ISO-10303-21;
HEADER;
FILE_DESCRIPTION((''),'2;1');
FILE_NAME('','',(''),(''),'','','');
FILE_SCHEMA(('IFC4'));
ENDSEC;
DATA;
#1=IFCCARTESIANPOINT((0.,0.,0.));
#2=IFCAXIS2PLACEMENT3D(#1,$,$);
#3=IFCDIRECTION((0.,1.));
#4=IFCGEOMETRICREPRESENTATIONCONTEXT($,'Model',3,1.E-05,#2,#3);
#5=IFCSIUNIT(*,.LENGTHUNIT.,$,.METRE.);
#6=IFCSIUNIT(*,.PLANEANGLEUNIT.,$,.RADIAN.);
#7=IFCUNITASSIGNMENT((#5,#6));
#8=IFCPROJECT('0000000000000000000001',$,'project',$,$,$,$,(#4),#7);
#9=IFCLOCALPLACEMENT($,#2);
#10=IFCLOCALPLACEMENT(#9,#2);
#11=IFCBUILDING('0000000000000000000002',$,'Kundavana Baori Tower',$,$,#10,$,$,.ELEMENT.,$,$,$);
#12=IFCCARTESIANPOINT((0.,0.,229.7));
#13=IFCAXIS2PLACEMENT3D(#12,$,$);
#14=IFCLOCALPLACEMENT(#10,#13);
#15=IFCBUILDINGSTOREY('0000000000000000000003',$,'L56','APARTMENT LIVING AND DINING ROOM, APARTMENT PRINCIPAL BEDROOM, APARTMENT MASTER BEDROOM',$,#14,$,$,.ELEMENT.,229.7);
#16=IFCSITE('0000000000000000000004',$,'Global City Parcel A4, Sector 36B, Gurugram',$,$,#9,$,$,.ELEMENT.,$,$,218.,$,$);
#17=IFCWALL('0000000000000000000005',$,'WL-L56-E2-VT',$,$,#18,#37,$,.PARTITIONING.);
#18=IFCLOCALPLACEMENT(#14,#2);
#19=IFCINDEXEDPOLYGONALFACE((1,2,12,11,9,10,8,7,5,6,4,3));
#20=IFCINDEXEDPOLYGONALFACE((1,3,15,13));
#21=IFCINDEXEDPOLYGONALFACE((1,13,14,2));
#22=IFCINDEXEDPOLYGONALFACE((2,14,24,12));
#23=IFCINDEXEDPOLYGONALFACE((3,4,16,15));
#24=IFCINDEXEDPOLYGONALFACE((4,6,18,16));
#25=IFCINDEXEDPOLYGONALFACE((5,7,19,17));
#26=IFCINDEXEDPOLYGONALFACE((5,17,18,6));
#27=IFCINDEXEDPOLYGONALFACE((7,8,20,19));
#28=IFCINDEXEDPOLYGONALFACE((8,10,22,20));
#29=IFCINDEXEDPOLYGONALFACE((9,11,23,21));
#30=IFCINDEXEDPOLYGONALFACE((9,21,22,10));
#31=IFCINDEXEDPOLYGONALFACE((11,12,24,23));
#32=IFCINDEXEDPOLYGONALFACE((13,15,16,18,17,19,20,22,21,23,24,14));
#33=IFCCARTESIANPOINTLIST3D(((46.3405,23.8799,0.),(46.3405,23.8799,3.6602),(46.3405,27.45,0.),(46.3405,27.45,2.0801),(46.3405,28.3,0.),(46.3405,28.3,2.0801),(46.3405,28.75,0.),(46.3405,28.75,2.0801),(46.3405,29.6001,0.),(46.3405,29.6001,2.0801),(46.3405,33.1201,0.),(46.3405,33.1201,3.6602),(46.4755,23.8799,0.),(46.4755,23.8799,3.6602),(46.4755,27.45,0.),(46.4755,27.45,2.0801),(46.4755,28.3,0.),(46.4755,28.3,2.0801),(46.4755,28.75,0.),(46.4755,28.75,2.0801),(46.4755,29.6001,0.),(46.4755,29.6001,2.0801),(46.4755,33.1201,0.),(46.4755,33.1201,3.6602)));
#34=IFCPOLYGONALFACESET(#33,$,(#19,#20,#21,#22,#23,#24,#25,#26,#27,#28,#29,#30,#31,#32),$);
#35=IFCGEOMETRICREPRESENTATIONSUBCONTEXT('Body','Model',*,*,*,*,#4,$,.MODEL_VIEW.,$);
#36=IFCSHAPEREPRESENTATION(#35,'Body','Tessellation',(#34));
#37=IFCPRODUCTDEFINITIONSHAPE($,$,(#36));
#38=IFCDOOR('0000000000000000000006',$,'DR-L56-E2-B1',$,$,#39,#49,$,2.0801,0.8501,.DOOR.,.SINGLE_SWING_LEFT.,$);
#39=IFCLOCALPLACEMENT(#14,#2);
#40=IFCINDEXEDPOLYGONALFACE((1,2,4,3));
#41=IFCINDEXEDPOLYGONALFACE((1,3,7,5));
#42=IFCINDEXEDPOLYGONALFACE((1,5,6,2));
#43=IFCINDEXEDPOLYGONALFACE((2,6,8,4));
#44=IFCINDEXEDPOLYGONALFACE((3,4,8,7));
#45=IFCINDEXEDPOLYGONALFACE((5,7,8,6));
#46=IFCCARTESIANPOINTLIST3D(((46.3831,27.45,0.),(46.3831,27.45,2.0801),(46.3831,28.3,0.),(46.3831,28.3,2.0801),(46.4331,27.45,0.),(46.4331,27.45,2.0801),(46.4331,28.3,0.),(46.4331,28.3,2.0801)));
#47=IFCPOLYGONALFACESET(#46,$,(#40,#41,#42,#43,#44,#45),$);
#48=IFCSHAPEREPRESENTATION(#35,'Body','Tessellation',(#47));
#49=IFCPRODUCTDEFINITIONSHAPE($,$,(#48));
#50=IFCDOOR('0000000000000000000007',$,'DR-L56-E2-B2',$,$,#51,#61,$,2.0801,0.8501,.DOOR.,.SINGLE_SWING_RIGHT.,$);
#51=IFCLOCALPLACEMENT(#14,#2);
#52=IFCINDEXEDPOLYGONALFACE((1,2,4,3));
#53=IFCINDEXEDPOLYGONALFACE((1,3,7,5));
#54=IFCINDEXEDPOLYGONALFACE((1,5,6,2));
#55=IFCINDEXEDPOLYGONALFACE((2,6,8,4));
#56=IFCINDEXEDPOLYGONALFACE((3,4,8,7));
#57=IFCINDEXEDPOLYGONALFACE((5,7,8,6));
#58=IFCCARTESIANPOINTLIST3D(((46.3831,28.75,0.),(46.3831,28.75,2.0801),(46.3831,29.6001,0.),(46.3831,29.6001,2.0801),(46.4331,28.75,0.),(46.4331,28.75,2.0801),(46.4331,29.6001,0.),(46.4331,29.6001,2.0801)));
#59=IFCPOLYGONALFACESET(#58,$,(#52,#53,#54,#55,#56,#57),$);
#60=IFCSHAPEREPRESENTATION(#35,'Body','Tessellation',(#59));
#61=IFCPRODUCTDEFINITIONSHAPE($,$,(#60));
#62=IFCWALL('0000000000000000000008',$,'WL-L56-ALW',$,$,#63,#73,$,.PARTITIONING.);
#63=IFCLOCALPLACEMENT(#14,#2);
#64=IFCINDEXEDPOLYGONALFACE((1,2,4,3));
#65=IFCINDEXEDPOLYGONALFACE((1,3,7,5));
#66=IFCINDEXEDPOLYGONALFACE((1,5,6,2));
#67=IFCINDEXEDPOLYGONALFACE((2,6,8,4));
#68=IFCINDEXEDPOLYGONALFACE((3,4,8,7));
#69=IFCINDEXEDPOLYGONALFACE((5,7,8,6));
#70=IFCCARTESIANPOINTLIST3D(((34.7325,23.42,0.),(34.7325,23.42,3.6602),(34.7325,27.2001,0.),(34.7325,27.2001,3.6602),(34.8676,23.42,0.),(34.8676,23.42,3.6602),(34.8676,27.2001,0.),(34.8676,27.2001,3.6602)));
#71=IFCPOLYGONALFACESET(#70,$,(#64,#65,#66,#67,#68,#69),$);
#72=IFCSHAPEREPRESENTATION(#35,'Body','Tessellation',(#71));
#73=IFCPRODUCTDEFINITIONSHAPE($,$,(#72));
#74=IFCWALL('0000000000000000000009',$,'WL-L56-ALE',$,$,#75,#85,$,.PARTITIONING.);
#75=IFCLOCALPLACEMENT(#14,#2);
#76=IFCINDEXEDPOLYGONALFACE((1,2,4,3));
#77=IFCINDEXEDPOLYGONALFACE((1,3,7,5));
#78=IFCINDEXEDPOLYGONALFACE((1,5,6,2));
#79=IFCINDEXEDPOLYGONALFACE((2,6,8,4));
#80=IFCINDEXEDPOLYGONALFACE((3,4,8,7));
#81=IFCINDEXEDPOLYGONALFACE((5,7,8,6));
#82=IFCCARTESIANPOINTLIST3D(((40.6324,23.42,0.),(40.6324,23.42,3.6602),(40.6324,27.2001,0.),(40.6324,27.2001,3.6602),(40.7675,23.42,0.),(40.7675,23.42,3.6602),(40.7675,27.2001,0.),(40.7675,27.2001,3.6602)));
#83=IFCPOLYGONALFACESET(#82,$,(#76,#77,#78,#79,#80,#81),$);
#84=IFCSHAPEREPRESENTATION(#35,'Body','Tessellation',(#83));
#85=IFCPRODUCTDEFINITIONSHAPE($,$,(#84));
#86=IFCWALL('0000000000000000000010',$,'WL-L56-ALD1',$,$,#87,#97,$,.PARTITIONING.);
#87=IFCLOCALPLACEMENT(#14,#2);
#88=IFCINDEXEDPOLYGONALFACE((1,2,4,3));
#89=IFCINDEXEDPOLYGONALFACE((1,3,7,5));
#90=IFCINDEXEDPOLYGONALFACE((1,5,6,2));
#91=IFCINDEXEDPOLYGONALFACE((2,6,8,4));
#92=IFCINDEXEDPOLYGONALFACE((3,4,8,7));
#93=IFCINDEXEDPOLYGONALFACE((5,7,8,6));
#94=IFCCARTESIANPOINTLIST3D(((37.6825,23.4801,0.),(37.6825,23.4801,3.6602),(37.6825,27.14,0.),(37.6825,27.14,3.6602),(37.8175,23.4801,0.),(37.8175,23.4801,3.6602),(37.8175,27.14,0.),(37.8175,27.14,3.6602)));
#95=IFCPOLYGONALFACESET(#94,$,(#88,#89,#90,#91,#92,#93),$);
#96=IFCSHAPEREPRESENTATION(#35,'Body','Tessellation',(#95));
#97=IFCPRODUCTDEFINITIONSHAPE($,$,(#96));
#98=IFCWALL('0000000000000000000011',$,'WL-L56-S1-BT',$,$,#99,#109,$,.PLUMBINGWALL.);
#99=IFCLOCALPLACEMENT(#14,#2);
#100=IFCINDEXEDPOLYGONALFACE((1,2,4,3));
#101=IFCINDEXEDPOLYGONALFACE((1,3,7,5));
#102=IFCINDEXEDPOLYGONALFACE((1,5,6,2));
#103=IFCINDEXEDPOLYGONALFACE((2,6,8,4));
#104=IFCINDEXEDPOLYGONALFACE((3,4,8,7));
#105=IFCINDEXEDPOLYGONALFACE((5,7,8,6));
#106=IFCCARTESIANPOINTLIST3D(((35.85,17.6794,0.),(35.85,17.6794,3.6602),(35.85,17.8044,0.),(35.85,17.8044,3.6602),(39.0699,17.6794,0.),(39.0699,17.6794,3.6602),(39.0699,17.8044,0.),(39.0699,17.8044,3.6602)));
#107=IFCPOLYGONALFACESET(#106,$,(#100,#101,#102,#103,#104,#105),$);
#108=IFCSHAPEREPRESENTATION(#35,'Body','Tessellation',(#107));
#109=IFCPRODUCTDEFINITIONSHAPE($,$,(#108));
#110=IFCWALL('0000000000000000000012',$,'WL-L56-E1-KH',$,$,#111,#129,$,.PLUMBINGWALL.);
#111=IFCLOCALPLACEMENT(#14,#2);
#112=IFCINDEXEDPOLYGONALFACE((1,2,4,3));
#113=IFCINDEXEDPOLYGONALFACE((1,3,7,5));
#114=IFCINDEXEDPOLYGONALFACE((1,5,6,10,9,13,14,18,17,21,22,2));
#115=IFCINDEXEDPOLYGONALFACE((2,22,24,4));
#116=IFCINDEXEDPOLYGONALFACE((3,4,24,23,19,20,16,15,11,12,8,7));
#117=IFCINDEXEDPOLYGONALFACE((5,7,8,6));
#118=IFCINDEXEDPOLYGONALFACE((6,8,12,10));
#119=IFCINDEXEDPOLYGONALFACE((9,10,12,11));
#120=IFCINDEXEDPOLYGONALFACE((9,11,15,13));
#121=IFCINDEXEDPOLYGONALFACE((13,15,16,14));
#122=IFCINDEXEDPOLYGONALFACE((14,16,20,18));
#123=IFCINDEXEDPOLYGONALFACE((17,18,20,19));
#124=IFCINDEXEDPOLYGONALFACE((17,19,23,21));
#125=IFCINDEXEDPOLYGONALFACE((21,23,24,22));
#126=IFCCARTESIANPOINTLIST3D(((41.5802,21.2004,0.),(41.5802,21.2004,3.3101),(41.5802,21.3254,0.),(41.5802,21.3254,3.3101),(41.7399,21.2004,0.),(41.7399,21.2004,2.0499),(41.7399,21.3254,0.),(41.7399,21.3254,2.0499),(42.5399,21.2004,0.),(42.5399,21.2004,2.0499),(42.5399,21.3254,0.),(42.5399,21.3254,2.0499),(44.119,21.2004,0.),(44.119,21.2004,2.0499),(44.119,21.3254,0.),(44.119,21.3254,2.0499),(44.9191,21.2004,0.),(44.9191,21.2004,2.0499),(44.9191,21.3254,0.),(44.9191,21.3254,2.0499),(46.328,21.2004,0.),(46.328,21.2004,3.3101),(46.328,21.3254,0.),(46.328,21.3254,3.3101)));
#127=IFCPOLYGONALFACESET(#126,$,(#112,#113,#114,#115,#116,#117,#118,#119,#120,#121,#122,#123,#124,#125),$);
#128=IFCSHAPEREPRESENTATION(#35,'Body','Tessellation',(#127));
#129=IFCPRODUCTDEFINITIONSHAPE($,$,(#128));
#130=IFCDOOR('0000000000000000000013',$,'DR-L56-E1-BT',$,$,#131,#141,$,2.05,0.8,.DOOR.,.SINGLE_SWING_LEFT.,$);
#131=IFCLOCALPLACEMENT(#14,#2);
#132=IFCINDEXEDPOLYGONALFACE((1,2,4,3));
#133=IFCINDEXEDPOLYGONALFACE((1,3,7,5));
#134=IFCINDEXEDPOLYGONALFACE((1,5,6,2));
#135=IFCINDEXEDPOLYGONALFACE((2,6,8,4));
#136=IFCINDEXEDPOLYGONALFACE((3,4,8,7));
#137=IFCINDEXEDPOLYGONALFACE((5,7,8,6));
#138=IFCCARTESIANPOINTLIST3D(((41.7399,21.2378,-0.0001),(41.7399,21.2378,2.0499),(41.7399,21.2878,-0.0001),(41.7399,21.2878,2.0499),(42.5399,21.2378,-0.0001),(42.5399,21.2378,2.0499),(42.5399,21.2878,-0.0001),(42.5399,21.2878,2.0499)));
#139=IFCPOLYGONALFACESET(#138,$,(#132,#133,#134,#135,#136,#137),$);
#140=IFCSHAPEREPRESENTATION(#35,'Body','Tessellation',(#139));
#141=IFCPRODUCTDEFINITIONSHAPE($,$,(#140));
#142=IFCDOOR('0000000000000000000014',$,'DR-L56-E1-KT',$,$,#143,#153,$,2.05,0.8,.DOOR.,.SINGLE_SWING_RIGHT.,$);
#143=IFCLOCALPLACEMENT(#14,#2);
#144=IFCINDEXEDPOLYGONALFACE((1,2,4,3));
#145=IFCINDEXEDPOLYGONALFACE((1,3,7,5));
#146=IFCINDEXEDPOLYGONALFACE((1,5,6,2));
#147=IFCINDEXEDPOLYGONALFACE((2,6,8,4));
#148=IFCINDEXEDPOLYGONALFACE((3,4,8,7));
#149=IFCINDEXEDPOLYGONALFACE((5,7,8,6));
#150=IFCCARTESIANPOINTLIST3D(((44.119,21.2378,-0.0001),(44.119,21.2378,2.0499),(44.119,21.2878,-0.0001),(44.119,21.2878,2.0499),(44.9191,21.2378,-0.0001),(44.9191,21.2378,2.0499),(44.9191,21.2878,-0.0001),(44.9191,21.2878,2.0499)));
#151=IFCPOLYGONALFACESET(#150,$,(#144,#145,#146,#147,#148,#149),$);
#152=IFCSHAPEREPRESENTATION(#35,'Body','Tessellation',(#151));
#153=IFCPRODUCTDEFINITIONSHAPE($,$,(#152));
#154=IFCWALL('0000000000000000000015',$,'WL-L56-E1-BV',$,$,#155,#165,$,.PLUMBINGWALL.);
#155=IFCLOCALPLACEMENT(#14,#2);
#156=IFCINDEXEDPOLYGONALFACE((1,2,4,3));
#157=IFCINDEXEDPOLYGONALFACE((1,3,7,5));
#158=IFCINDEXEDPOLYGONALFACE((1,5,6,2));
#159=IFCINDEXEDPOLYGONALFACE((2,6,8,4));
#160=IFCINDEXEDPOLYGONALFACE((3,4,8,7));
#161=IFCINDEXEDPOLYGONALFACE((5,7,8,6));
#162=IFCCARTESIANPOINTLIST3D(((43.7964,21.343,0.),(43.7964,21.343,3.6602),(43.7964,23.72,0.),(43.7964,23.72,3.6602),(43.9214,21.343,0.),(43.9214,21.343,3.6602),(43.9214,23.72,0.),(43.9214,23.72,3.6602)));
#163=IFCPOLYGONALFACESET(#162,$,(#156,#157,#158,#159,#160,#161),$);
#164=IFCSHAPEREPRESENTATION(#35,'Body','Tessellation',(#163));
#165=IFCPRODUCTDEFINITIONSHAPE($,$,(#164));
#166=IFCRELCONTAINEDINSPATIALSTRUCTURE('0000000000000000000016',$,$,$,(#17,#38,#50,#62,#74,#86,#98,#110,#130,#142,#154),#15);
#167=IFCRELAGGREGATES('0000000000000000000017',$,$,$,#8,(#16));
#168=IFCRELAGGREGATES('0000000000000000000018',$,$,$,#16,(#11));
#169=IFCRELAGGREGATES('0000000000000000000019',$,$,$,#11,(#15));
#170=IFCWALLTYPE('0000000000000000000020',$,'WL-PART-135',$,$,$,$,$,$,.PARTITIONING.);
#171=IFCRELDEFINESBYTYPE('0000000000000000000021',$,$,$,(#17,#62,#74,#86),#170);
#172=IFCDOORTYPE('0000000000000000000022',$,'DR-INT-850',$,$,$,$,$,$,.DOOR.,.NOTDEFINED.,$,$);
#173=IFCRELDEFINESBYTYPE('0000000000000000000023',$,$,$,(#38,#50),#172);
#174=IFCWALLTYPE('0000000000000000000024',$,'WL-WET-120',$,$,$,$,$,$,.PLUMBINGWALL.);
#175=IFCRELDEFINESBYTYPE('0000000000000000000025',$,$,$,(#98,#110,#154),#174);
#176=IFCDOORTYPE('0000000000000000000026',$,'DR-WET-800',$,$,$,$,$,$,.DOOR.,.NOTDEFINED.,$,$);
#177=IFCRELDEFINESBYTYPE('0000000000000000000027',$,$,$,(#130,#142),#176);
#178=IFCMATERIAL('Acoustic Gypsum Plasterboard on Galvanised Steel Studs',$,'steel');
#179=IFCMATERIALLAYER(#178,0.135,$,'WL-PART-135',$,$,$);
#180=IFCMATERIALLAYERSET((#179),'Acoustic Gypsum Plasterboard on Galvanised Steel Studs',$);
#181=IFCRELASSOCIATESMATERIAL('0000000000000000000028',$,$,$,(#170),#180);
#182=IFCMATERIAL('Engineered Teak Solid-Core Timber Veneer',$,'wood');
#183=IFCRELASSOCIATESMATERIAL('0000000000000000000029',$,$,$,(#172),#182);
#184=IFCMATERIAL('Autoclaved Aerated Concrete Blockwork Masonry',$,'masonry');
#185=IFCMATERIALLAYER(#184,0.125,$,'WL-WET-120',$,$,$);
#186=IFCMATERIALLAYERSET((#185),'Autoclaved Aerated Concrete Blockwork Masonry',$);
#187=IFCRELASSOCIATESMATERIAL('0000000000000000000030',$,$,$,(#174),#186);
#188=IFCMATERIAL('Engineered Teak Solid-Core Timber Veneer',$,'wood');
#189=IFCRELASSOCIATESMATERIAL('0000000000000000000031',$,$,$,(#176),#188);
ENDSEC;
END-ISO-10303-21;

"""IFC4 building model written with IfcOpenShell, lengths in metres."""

from ifc_helpers import new_model, si_unit, direction, frame, frame_2d, origin, place, context, subcontext, project, spatial, rectangle, extrude, material, layer, layer_set, type_object, element, fill, save


model = new_model("IFC4")

# Units and contexts
model_context = context("Model", 3, precision=1e-05, world=origin(), true_north=direction((0.0, 1.0)))
body_context = subcontext(model_context, "Body", "Model", "MODEL_VIEW")
ifc_project = project(units=[si_unit("LENGTHUNIT", "METRE"), si_unit("PLANEANGLEUNIT", "RADIAN")], contexts=[model_context])

# Site, building, storey
site_placement = place(None, origin())
site = spatial("IfcSite", under=ifc_project, at=site_placement, Name="Global City Parcel A4, Sector 36B, Gurugram", CompositionType="ELEMENT", RefElevation=218.0)
building_placement = place(site_placement, origin())
building = spatial("IfcBuilding", under=site, at=building_placement, Name="Kundavana Baori Tower", CompositionType="ELEMENT")
storey_placement = place(building_placement, frame((0.0, 0.0, 229.7)))
storey = spatial("IfcBuildingStorey", under=building, at=storey_placement, Name="L56", Description="APARTMENT LIVING AND DINING ROOM, APARTMENT PRINCIPAL BEDROOM, APARTMENT MASTER BEDROOM", CompositionType="ELEMENT", Elevation=229.7)

# Shared definitions
ifc_material_1 = material(Name="Acoustic Gypsum Plasterboard on Galvanised Steel Studs", Category="steel")
ifc_layer_1 = layer(ifc_material_1, 0.135, Name="WL-PART-135")
ifc_layer_set_1 = layer_set([ifc_layer_1], Name="Acoustic Gypsum Plasterboard on Galvanised Steel Studs")
wall_type_1 = type_object("IfcWallType", Name="WL-PART-135", PredefinedType="PARTITIONING", material=ifc_layer_set_1)

# Shared definitions
ifc_material_2 = material(Name="Engineered Teak Solid-Core Timber Veneer", Category="wood")
door_type_1 = type_object("IfcDoorType", Name="DR-INT-850", OperationType="NOTDEFINED", PredefinedType="DOOR", material=ifc_material_2)

# Wall, openings, doors
wall_1_placement = place(storey_placement, frame((46.408, 23.8799, 0.0), z_axis=(0.0, 0.0, 1.0), x_axis=(0.0, 1.0, 0.0)))
wall_1 = element("IfcWall", 1, at=wall_1_placement, inside=storey, type_object=wall_type_1, Name="WL-L56-E2-VT", PredefinedType="PARTITIONING", context=body_context, shape_type="SweptSolid", body=[
    extrude(rectangle(XDim=9.2402, YDim=0.135, at=frame_2d((4.6201, 0.0))), origin(), (0.0, 0.0, 1.0), 3.6602),
])
opening_1_placement = place(wall_1_placement, frame((3.5701, 0.0, 0.0)))
opening_1 = element("IfcOpeningElement", 2, at=opening_1_placement, cuts=wall_1, PredefinedType="OPENING", context=body_context, shape_type="SweptSolid", body=[
    extrude(rectangle(XDim=0.8501, YDim=2.0801, at=frame_2d((0.425, 1.04))), frame((0.0, 0.0776, 0.0), z_axis=(0.0, -1.0, 0.0), x_axis=(1.0, 0.0, 0.0)), (0.0, 0.0, 1.0), 0.155),
])
opening_2_placement = place(wall_1_placement, frame((4.8701, 0.0, 0.0)))
opening_2 = element("IfcOpeningElement", 3, at=opening_2_placement, cuts=wall_1, PredefinedType="OPENING", context=body_context, shape_type="SweptSolid", body=[
    extrude(rectangle(XDim=0.8501, YDim=2.0801, at=frame_2d((0.425, 1.04))), frame((0.0, 0.0776, 0.0), z_axis=(0.0, -1.0, 0.0), x_axis=(1.0, 0.0, 0.0)), (0.0, 0.0, 1.0), 0.155),
])
door_1_placement = place(opening_1_placement, origin())
door_1 = element("IfcDoor", 4, at=door_1_placement, inside=storey, type_object=door_type_1, Name="DR-L56-E2-B1", OperationType="SINGLE_SWING_LEFT", OverallHeight=2.0801, OverallWidth=0.8501, PredefinedType="DOOR", context=body_context, shape_type="SweptSolid", body=[
    extrude(rectangle(XDim=0.8501, YDim=2.0801, at=frame_2d((0.425, 1.04))), frame((0.0, 0.0249, 0.0), z_axis=(0.0, -1.0, 0.0), x_axis=(1.0, 0.0, 0.0)), (0.0, 0.0, 1.0), 0.05),
])
fill(opening_1, door_1)
door_2_placement = place(opening_2_placement, origin())
door_2 = element("IfcDoor", 5, at=door_2_placement, inside=storey, type_object=door_type_1, Name="DR-L56-E2-B2", OperationType="SINGLE_SWING_RIGHT", OverallHeight=2.0801, OverallWidth=0.8501, PredefinedType="DOOR", context=body_context, shape_type="SweptSolid", body=[
    extrude(rectangle(XDim=0.8501, YDim=2.0801, at=frame_2d((0.425, 1.04))), frame((0.0, 0.0249, 0.0), z_axis=(0.0, -1.0, 0.0), x_axis=(1.0, 0.0, 0.0)), (0.0, 0.0, 1.0), 0.05),
])
fill(opening_2, door_2)

# Walls
for number, where, z_axis, x_axis, name in (
    (6, (34.8, 23.4199, 0.0), (0.0, 0.0, 1.0), (0.0, 1.0, 0.0), "WL-L56-ALW"),
    (7, (40.7, 23.4199, 0.0), (0.0, 0.0, 1.0), (0.0, 1.0, 0.0), "WL-L56-ALE"),
):
    element("IfcWall", number, at=place(storey_placement, frame(where, z_axis=z_axis, x_axis=x_axis)), inside=storey, type_object=wall_type_1, Name=name, PredefinedType="PARTITIONING", context=body_context, shape_type="SweptSolid", body=[
        extrude(rectangle(XDim=3.78, YDim=0.135, at=frame_2d((1.8901, 0.0))), origin(), (0.0, 0.0, 1.0), 3.6602),
    ])
wall_2_placement = place(storey_placement, frame((37.75, 23.48, 0.0), z_axis=(0.0, 0.0, 1.0), x_axis=(0.0, 1.0, 0.0)))
element("IfcWall", 8, at=wall_2_placement, inside=storey, type_object=wall_type_1, Name="WL-L56-ALD1", PredefinedType="PARTITIONING", context=body_context, shape_type="SweptSolid", body=[
    extrude(rectangle(XDim=3.6599, YDim=0.135, at=frame_2d((1.8301, 0.0))), origin(), (0.0, 0.0, 1.0), 3.6602),
])
ifc_material_3 = material(Name="Autoclaved Aerated Concrete Blockwork Masonry", Category="masonry")
ifc_layer_2 = layer(ifc_material_3, 0.125, Name="WL-WET-120")
ifc_layer_set_2 = layer_set([ifc_layer_2], Name="Autoclaved Aerated Concrete Blockwork Masonry")
wall_type_2 = type_object("IfcWallType", Name="WL-WET-120", PredefinedType="PLUMBINGWALL", material=ifc_layer_set_2)
wall_3_placement = place(storey_placement, frame((35.8501, 17.7419, 0.0), z_axis=(0.0, 0.0, 1.0), x_axis=(1.0, 0.0, 0.0)))
element("IfcWall", 9, at=wall_3_placement, inside=storey, type_object=wall_type_2, Name="WL-L56-S1-BT", PredefinedType="PLUMBINGWALL", context=body_context, shape_type="SweptSolid", body=[
    extrude(rectangle(XDim=3.22, YDim=0.125, at=frame_2d((1.6099, 0.0))), origin(), (0.0, 0.0, 1.0), 3.6602),
])

# Wall, openings, doors
wall_4_placement = place(storey_placement, frame((41.5801, 21.2629, 0.0), z_axis=(0.0, 0.0, 1.0), x_axis=(1.0, 0.0, 0.0)))
wall_4 = element("IfcWall", 10, at=wall_4_placement, inside=storey, type_object=wall_type_2, Name="WL-L56-E1-KH", PredefinedType="PLUMBINGWALL", context=body_context, shape_type="SweptSolid", body=[
    extrude(rectangle(XDim=4.7478, YDim=0.125, at=frame_2d((2.374, 0.0))), origin(), (0.0, 0.0, 1.0), 3.3101),
])
opening_3_placement = place(wall_4_placement, frame((0.1599, 0.0, 0.0)))
opening_3 = element("IfcOpeningElement", 11, at=opening_3_placement, cuts=wall_4, PredefinedType="OPENING", context=body_context, shape_type="SweptSolid", body=[
    extrude(rectangle(XDim=0.8, YDim=2.05, at=frame_2d((0.3999, 1.0249))), frame((0.0, 0.0725, 0.0), z_axis=(0.0, -1.0, 0.0), x_axis=(1.0, 0.0, 0.0)), (0.0, 0.0, 1.0), 0.145),
])
opening_4_placement = place(wall_4_placement, frame((2.5391, 0.0, 0.0)))
opening_4 = element("IfcOpeningElement", 12, at=opening_4_placement, cuts=wall_4, PredefinedType="OPENING", context=body_context, shape_type="SweptSolid", body=[
    extrude(rectangle(XDim=0.8, YDim=2.05, at=frame_2d((0.3999, 1.0249))), frame((0.0, 0.0725, 0.0), z_axis=(0.0, -1.0, 0.0), x_axis=(1.0, 0.0, 0.0)), (0.0, 0.0, 1.0), 0.145),
])
ifc_material_4 = material(Name="Engineered Teak Solid-Core Timber Veneer", Category="wood")
door_type_2 = type_object("IfcDoorType", Name="DR-WET-800", OperationType="NOTDEFINED", PredefinedType="DOOR", material=ifc_material_4)
door_3_placement = place(opening_3_placement, origin())
door_3 = element("IfcDoor", 13, at=door_3_placement, inside=storey, type_object=door_type_2, Name="DR-L56-E1-BT", OperationType="SINGLE_SWING_LEFT", OverallHeight=2.05, OverallWidth=0.8, PredefinedType="DOOR", context=body_context, shape_type="SweptSolid", body=[
    extrude(rectangle(XDim=0.8, YDim=2.05, at=frame_2d((0.3999, 1.0249))), frame((0.0, 0.0249, 0.0), z_axis=(0.0, -1.0, 0.0), x_axis=(1.0, 0.0, 0.0)), (0.0, 0.0, 1.0), 0.05),
])
fill(opening_3, door_3)
door_4_placement = place(opening_4_placement, origin())
door_4 = element("IfcDoor", 14, at=door_4_placement, inside=storey, type_object=door_type_2, Name="DR-L56-E1-KT", OperationType="SINGLE_SWING_RIGHT", OverallHeight=2.05, OverallWidth=0.8, PredefinedType="DOOR", context=body_context, shape_type="SweptSolid", body=[
    extrude(rectangle(XDim=0.8, YDim=2.05, at=frame_2d((0.3999, 1.0249))), frame((0.0, 0.0249, 0.0), z_axis=(0.0, -1.0, 0.0), x_axis=(1.0, 0.0, 0.0)), (0.0, 0.0, 1.0), 0.05),
])
fill(opening_4, door_4)

# Wall
wall_5_placement = place(storey_placement, frame((43.8589, 21.343, 0.0), z_axis=(0.0, 0.0, 1.0), x_axis=(0.0, 1.0, 0.0)))
element("IfcWall", 15, at=wall_5_placement, inside=storey, type_object=wall_type_2, Name="WL-L56-E1-BV", PredefinedType="PLUMBINGWALL", context=body_context, shape_type="SweptSolid", body=[
    extrude(rectangle(XDim=2.377, YDim=0.125, at=frame_2d((1.1885, 0.0))), origin(), (0.0, 0.0, 1.0), 3.6602),
])

save(model, "model.ifc")
